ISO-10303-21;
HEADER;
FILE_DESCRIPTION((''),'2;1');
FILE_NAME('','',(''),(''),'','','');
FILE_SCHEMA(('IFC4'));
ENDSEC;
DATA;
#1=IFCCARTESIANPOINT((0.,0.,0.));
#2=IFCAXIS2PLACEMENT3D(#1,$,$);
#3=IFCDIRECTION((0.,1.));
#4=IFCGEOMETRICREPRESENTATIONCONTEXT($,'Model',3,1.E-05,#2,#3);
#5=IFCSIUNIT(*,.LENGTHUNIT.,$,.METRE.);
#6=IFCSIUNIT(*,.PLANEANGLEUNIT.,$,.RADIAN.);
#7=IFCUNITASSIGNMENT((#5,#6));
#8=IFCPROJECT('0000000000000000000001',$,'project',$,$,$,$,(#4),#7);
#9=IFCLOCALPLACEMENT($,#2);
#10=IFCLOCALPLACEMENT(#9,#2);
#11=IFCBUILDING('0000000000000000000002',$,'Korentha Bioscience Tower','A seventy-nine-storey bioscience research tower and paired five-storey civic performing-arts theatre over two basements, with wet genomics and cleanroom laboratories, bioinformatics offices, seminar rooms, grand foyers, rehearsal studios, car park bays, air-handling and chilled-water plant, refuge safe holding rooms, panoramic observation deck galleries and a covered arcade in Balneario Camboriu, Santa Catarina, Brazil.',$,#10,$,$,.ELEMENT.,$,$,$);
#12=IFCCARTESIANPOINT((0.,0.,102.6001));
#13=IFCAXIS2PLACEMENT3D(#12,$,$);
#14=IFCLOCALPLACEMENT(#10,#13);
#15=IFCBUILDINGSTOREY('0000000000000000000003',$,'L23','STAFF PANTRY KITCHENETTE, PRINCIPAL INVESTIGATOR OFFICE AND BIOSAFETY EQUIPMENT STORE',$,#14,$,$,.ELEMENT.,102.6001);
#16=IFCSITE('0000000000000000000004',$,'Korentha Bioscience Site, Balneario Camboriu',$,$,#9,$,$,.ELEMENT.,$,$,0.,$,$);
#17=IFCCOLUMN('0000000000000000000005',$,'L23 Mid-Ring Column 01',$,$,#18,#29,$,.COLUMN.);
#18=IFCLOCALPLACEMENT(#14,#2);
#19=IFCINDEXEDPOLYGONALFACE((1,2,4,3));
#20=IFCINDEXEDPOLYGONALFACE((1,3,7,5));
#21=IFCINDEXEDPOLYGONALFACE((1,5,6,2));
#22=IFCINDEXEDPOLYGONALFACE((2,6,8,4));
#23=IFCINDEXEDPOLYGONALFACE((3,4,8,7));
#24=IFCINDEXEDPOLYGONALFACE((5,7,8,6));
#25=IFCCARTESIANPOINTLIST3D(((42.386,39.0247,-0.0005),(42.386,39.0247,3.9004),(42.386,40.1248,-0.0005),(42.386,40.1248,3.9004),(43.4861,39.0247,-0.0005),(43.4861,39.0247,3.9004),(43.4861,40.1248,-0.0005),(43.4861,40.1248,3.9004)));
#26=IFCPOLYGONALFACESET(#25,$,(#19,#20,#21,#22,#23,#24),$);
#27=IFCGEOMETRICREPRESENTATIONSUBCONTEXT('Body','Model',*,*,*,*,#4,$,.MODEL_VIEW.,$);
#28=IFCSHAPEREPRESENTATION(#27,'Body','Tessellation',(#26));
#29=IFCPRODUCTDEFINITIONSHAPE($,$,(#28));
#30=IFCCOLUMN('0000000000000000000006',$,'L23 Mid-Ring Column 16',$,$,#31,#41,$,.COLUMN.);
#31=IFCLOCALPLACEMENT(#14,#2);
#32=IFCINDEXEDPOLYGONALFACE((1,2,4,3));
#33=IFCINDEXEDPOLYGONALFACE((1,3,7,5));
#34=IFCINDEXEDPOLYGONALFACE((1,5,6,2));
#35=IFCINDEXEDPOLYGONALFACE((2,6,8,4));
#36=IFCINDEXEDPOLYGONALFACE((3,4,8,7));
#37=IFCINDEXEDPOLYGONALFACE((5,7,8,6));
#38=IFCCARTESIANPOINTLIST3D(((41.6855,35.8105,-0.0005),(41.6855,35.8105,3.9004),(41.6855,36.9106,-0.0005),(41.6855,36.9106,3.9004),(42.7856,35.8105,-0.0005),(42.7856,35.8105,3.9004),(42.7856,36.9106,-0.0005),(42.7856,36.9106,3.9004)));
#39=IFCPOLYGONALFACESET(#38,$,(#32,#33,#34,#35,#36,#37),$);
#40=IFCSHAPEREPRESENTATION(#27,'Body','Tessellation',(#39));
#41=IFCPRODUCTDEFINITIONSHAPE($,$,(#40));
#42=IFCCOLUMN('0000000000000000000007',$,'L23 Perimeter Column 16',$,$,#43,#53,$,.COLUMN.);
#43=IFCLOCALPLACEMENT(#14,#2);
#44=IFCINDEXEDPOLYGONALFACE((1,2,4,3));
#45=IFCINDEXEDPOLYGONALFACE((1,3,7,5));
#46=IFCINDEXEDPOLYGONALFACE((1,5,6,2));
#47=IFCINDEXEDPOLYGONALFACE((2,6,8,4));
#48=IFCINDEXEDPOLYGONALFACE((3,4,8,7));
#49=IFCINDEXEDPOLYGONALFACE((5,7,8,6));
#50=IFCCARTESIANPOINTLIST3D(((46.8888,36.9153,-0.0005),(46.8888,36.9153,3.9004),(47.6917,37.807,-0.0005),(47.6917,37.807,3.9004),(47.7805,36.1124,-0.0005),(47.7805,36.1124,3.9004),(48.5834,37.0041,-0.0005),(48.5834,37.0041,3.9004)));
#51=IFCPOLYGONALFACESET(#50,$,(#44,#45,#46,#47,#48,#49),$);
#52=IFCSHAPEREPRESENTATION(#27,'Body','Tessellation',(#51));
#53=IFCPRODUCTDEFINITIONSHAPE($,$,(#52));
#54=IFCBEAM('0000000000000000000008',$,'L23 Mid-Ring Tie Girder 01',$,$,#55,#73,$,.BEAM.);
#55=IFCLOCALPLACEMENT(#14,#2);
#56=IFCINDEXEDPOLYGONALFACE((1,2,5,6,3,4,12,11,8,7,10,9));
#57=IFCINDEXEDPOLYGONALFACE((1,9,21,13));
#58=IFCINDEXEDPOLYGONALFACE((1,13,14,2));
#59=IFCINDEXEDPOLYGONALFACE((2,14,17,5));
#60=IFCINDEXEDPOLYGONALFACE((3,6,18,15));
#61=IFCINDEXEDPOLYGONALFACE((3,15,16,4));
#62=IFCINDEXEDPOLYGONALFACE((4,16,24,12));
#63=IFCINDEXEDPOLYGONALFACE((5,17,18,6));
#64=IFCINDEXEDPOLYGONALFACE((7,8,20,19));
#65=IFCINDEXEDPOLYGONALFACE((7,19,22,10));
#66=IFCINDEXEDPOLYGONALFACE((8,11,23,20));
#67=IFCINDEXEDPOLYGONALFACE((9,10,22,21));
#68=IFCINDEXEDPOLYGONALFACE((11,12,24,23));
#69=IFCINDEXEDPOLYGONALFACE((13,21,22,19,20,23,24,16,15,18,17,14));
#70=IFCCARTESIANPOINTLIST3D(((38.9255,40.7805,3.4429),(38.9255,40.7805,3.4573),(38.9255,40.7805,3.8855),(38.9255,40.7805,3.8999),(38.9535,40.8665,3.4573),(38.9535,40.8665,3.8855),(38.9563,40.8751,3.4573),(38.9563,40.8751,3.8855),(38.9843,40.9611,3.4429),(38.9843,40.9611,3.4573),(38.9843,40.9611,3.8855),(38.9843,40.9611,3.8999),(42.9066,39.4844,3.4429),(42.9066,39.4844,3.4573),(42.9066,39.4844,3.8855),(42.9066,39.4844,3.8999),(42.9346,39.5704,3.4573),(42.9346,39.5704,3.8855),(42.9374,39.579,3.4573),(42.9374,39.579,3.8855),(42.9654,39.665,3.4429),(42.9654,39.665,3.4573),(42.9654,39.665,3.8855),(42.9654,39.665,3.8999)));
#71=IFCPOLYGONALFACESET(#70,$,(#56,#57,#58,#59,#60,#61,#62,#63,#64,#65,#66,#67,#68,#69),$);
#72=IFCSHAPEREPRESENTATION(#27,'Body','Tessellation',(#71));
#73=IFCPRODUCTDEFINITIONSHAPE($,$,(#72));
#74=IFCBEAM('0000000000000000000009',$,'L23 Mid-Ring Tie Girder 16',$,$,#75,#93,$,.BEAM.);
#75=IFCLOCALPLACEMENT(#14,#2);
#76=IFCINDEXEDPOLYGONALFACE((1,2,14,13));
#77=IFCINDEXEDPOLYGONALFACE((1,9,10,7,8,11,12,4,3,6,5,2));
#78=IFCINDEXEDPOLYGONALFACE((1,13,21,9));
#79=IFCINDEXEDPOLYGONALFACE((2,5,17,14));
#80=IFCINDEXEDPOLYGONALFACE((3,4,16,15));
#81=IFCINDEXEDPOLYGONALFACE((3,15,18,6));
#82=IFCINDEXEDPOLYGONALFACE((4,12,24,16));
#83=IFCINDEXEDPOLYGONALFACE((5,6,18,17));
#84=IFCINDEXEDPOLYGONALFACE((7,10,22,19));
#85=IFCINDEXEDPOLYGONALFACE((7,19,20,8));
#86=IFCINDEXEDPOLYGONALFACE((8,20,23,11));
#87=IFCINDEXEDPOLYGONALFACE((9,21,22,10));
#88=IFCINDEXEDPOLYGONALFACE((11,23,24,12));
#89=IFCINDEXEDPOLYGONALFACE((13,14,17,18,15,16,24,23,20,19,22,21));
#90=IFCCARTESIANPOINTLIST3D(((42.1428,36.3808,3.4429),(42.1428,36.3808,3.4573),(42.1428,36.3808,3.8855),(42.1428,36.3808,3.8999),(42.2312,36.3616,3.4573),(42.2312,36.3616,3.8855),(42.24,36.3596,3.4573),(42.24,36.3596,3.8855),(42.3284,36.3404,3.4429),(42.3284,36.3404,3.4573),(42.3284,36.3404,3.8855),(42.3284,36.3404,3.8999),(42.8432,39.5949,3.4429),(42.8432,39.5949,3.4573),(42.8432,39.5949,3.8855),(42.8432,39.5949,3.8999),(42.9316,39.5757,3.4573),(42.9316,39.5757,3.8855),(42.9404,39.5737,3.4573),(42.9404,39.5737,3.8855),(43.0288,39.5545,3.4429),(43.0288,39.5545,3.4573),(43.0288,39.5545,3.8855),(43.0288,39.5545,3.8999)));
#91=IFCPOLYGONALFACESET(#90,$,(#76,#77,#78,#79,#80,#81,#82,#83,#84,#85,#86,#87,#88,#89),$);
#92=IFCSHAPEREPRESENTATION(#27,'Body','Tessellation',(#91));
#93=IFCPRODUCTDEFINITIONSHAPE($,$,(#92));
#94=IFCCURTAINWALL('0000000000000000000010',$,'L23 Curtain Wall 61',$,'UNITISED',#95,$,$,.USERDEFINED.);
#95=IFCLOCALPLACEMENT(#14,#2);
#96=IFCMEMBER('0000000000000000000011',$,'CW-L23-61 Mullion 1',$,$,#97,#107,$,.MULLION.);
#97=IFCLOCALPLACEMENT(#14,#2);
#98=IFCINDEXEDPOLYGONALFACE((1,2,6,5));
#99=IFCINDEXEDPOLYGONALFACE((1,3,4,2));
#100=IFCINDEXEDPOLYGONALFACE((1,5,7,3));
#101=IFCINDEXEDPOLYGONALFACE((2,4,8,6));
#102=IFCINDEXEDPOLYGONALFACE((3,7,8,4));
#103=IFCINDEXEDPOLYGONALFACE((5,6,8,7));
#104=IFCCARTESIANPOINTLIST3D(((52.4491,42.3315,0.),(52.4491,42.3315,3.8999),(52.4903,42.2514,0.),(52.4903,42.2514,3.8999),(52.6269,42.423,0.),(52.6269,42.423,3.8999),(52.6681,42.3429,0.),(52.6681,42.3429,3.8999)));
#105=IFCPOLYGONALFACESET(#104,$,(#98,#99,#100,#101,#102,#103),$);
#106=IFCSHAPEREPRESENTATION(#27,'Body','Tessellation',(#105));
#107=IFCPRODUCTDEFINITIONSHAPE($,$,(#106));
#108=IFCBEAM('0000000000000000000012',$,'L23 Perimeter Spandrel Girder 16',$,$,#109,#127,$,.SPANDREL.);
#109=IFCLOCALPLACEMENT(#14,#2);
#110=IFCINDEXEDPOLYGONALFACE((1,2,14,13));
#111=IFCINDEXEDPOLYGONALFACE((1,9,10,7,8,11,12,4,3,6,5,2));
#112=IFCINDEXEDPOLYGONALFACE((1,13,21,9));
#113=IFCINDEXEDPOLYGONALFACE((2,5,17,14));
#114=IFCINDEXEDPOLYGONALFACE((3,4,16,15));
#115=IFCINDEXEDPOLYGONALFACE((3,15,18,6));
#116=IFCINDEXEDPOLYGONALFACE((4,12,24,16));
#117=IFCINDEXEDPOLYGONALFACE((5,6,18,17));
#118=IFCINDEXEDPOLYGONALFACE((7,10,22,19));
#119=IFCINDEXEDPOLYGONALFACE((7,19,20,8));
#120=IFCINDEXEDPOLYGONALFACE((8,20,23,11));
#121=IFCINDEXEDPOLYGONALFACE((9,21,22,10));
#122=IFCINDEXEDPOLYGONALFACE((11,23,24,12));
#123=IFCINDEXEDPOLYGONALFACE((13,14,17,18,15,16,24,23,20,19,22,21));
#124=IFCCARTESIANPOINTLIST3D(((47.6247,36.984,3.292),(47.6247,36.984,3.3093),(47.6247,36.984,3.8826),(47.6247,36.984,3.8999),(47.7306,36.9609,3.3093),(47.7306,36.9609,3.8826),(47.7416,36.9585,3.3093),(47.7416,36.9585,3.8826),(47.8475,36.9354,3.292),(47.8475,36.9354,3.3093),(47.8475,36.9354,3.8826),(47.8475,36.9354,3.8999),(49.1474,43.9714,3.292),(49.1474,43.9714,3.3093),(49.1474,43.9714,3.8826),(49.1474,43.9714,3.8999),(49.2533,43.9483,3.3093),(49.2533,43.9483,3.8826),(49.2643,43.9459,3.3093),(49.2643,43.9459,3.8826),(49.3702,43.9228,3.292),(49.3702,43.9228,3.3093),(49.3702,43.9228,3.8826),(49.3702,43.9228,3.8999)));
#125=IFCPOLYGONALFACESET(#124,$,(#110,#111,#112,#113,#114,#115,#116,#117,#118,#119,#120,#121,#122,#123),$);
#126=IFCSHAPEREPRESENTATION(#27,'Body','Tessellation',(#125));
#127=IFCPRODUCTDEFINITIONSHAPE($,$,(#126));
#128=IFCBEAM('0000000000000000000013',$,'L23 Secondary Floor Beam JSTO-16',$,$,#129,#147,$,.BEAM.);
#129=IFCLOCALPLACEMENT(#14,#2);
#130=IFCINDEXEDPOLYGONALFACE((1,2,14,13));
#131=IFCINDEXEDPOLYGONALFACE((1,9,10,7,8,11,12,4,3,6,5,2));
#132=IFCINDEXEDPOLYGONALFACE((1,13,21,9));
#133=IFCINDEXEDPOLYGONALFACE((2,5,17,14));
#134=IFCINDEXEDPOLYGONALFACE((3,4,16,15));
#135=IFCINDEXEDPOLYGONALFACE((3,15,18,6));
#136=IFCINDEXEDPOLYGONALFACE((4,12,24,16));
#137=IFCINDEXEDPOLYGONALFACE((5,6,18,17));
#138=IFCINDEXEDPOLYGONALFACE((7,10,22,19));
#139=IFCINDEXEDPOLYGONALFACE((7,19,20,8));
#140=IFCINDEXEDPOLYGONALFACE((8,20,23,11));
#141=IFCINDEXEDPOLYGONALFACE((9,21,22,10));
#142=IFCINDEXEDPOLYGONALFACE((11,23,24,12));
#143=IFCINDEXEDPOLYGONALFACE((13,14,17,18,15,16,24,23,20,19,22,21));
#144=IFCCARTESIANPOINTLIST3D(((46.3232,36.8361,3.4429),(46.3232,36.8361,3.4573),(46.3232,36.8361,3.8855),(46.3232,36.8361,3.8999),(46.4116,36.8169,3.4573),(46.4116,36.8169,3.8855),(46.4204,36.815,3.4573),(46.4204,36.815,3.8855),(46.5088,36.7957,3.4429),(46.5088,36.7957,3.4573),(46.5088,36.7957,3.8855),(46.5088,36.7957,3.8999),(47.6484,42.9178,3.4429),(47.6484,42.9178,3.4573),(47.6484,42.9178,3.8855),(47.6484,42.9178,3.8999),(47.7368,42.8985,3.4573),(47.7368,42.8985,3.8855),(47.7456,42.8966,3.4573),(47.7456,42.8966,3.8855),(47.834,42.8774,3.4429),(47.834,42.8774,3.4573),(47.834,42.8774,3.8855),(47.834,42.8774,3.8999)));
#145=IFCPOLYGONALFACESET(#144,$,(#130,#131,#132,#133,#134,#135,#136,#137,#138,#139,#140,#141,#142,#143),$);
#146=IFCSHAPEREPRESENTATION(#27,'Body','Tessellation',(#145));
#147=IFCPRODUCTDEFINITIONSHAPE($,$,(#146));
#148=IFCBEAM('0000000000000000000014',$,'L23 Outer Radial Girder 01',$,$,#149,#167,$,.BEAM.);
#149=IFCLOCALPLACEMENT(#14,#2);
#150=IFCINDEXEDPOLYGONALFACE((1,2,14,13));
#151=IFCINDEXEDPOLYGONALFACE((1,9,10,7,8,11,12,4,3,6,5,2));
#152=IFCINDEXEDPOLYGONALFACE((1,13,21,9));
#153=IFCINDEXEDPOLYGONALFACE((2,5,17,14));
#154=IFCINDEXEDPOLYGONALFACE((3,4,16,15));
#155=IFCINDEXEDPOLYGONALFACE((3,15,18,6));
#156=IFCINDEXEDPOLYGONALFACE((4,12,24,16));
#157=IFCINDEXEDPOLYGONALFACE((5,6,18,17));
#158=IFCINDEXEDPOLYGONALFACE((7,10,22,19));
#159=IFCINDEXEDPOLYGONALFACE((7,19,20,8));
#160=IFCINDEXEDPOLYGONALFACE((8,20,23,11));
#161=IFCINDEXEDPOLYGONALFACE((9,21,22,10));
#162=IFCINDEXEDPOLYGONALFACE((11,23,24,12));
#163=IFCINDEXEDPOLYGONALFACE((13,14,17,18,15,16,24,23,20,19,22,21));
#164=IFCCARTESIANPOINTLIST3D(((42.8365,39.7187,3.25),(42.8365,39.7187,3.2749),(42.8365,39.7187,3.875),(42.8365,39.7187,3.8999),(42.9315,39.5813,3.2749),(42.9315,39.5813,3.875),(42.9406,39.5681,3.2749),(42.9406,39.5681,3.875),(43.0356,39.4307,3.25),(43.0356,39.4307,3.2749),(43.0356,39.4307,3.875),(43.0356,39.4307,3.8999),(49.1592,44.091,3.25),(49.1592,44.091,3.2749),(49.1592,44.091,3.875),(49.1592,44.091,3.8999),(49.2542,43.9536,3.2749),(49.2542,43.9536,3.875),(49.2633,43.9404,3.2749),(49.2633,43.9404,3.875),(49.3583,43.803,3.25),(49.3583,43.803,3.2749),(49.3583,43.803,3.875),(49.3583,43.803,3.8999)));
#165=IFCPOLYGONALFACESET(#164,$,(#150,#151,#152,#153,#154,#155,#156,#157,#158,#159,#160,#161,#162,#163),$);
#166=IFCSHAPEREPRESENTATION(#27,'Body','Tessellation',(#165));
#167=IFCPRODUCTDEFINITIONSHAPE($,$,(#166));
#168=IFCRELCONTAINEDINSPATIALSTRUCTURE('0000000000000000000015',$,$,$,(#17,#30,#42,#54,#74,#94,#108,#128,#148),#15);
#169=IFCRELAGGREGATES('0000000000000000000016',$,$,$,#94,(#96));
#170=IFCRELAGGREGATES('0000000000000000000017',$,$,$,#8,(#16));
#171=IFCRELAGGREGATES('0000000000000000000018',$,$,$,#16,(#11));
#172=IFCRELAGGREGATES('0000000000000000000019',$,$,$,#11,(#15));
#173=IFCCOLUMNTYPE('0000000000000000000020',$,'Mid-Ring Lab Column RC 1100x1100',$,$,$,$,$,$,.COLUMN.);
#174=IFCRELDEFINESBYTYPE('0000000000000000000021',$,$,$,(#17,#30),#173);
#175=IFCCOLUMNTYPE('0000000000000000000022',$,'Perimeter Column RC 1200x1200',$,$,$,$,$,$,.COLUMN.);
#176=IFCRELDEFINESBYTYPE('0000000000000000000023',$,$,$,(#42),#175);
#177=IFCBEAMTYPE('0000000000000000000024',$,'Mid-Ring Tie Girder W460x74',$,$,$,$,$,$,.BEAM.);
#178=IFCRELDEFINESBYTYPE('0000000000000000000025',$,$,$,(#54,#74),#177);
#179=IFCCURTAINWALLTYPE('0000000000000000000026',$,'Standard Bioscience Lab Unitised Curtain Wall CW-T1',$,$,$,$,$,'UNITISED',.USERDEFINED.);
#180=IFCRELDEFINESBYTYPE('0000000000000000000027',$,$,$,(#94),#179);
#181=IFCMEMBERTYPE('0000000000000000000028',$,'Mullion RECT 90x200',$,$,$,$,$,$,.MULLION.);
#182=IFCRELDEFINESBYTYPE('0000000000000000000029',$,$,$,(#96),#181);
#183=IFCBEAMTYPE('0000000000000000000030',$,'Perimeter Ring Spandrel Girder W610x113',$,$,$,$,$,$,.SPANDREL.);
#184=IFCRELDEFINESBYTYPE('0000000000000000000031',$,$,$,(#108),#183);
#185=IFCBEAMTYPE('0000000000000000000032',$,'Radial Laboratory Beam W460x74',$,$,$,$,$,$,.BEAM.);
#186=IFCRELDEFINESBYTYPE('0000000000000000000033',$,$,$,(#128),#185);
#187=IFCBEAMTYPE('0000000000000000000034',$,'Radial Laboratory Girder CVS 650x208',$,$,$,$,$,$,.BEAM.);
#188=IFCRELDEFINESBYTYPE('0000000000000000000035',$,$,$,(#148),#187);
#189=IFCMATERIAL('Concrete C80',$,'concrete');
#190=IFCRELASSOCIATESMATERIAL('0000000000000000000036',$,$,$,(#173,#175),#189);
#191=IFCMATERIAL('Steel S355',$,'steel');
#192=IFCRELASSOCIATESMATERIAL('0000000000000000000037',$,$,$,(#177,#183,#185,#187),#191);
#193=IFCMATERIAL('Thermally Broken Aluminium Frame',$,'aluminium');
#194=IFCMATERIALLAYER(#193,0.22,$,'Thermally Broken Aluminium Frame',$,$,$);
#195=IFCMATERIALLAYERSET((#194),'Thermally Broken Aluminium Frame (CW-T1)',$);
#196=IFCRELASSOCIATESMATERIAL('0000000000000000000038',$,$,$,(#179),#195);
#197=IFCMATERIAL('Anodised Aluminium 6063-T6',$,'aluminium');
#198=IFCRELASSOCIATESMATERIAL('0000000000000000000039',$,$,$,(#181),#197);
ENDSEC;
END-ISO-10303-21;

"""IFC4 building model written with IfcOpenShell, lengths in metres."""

from ifc_helpers import new_model, si_unit, direction, frame, origin, origin_2d, place, context, subcontext, project, spatial, rectangle, i_section, extrude, material, layer, layer_set, material_profile, profile_set, type_object, element, aggregate, save


model = new_model("IFC4")

# Units and contexts
model_context = context("Model", 3, precision=1e-05, world=origin(), true_north=direction((0.0, 1.0)))
body_context = subcontext(model_context, "Body", "Model", "MODEL_VIEW")
ifc_project = project(units=[si_unit("LENGTHUNIT", "METRE"), si_unit("PLANEANGLEUNIT", "RADIAN")], contexts=[model_context])

# Site, building, storey
site_placement = place(None, origin())
site = spatial("IfcSite", under=ifc_project, at=site_placement, Name="Korentha Bioscience Site, Balneario Camboriu", CompositionType="ELEMENT", RefElevation=0.0)
building_placement = place(site_placement, origin())
building = spatial("IfcBuilding", under=site, at=building_placement, Name="Korentha Bioscience Tower", Description="A seventy-nine-storey bioscience research tower and paired five-storey civic performing-arts theatre over two basements, with wet genomics and cleanroom laboratories, bioinformatics offices, seminar rooms, grand foyers, rehearsal studios, car park bays, air-handling and chilled-water plant, refuge safe holding rooms, panoramic observation deck galleries and a covered arcade in Balneario Camboriu, Santa Catarina, Brazil.", CompositionType="ELEMENT")
storey_placement = place(building_placement, frame((0.0, 0.0, 102.6001)))
storey = spatial("IfcBuildingStorey", under=building, at=storey_placement, Name="L23", Description="STAFF PANTRY KITCHENETTE, PRINCIPAL INVESTIGATOR OFFICE AND BIOSAFETY EQUIPMENT STORE", CompositionType="ELEMENT", Elevation=102.6001)

# Columns
ifc_material_1 = material(Name="Concrete C80", Category="concrete")
ifc_material_profile_1 = material_profile(ifc_material_1, rectangle(XDim=1.1001, YDim=1.1001, at=origin_2d()), Name="Concrete C80")
ifc_profile_set_1 = profile_set([ifc_material_profile_1], Name="Concrete C80 (COL-MR11)")
column_type_1 = type_object("IfcColumnType", Name="Mid-Ring Lab Column RC 1100x1100", PredefinedType="COLUMN", material=ifc_profile_set_1)
for number, where, z_axis, x_axis, name in (
    (1, (42.936, 39.5747, -0.0005), (0.0, 0.0, 1.0), (1.0, 0.0, 0.0), "L23 Mid-Ring Column 01"),
    (2, (42.2356, 36.3606, -0.0005), (0.0, 0.0, 1.0), (1.0, 0.0, 0.0), "L23 Mid-Ring Column 16"),
):
    element("IfcColumn", number, at=place(storey_placement, frame(where, z_axis=z_axis, x_axis=x_axis)), inside=storey, type_object=column_type_1, Name=name, PredefinedType="COLUMN", context=body_context, shape_type="SweptSolid", body=[
        extrude(rectangle(XDim=1.1001, YDim=1.1001, at=origin_2d()), origin(), (0.0, 0.0, 1.0), 3.9009),
    ])
ifc_material_profile_2 = material_profile(ifc_material_1, rectangle(XDim=1.2, YDim=1.2, at=origin_2d()), Name="Concrete C80")
ifc_profile_set_2 = profile_set([ifc_material_profile_2], Name="Concrete C80 (COL-P12)")
column_type_2 = type_object("IfcColumnType", Name="Perimeter Column RC 1200x1200", PredefinedType="COLUMN", material=ifc_profile_set_2)
column_placement = place(storey_placement, frame((47.7361, 36.9597, -0.0005), z_axis=(0.0, 0.0, 1.0), x_axis=(0.669131, 0.743145, 0.0)))
element("IfcColumn", 3, at=column_placement, inside=storey, type_object=column_type_2, Name="L23 Perimeter Column 16", PredefinedType="COLUMN", context=body_context, shape_type="SweptSolid", body=[
    extrude(rectangle(XDim=1.2, YDim=1.2, at=origin_2d()), origin(), (0.0, 0.0, 1.0), 3.9009),
])

# Beams
ifc_material_2 = material(Name="Steel S355", Category="steel")
ifc_material_profile_3 = material_profile(ifc_material_2, i_section(OverallWidth=0.1899, OverallDepth=0.457, WebThickness=0.009, FlangeThickness=0.0144, at=origin_2d()), Name="Steel S355")
ifc_profile_set_3 = profile_set([ifc_material_profile_3], Name="Steel S355 (MB-460)")
beam_type_1 = type_object("IfcBeamType", Name="Mid-Ring Tie Girder W460x74", PredefinedType="BEAM", material=ifc_profile_set_3)
beam_1_placement = place(storey_placement, frame((42.936, 39.5747, 3.6714), z_axis=(-0.950876, 0.309573, 0.0), x_axis=(-0.309573, -0.950876, 0.0)))
element("IfcBeam", 4, at=beam_1_placement, inside=storey, type_object=beam_type_1, Name="L23 Mid-Ring Tie Girder 01", PredefinedType="BEAM", context=body_context, shape_type="SweptSolid", body=[
    extrude(i_section(OverallWidth=0.1899, OverallDepth=0.457, WebThickness=0.009, FlangeThickness=0.0144, at=origin_2d()), origin(), (0.0, 0.0, 1.0), 4.1868),
])
beam_2_placement = place(storey_placement, frame((42.2356, 36.3606, 3.6714), z_axis=(0.212929, 0.977068, 0.0), x_axis=(-0.977068, 0.212929, 0.0)))
element("IfcBeam", 5, at=beam_2_placement, inside=storey, type_object=beam_type_1, Name="L23 Mid-Ring Tie Girder 16", PredefinedType="BEAM", context=body_context, shape_type="SweptSolid", body=[
    extrude(i_section(OverallWidth=0.1899, OverallDepth=0.457, WebThickness=0.009, FlangeThickness=0.0144, at=origin_2d()), origin(), (0.0, 0.0, 1.0), 3.2896),
])

# Curtain wall, member
ifc_material_3 = material(Name="Thermally Broken Aluminium Frame", Category="aluminium")
ifc_layer_1 = layer(ifc_material_3, 0.22, Name="Thermally Broken Aluminium Frame")
ifc_layer_set_1 = layer_set([ifc_layer_1], Name="Thermally Broken Aluminium Frame (CW-T1)")
curtain_wall_type = type_object("IfcCurtainWallType", Name="Standard Bioscience Lab Unitised Curtain Wall CW-T1", ElementType="UNITISED", PredefinedType="USERDEFINED", material=ifc_layer_set_1)
curtain_wall_placement = place(storey_placement, origin())
curtain_wall = element("IfcCurtainWall", 6, at=curtain_wall_placement, inside=storey, type_object=curtain_wall_type, Name="L23 Curtain Wall 61", ObjectType="UNITISED", PredefinedType="USERDEFINED")
ifc_material_4 = material(Name="Anodised Aluminium 6063-T6", Category="aluminium")
ifc_material_profile_4 = material_profile(ifc_material_4, rectangle(XDim=0.0901, YDim=0.2, at=origin_2d()), Name="Anodised Aluminium 6063-T6")
ifc_profile_set_4 = profile_set([ifc_material_profile_4], Name="Anodised Aluminium 6063-T6 (CW-MUL)")
member_type_1 = type_object("IfcMemberType", Name="Mullion RECT 90x200", PredefinedType="MULLION", material=ifc_profile_set_4)
member_1_placement = place(storey_placement, frame((52.5586, 42.3372, 0.0), z_axis=(0.0, 0.0, 1.0), x_axis=(-0.457613, 0.889151, 0.0)))
member_1 = element("IfcMember", 7, at=member_1_placement, type_object=member_type_1, Name="CW-L23-61 Mullion 1", PredefinedType="MULLION", context=body_context, shape_type="SweptSolid", body=[
    extrude(rectangle(XDim=0.0901, YDim=0.2, at=origin_2d()), origin(), (0.0, 0.0, 1.0), 3.8999),
])

# Beams
ifc_material_profile_5 = material_profile(ifc_material_2, i_section(OverallWidth=0.228, OverallDepth=0.6079, WebThickness=0.0112, FlangeThickness=0.0173, at=origin_2d()), Name="Steel S355")
ifc_profile_set_5 = profile_set([ifc_material_profile_5], Name="Steel S355 (SB-610)")
beam_type_2 = type_object("IfcBeamType", Name="Perimeter Ring Spandrel Girder W610x113", PredefinedType="SPANDREL", material=ifc_profile_set_5)
beam_3_placement = place(storey_placement, frame((47.7361, 36.9597, 3.5959), z_axis=(0.212927, 0.977068, 0.0), x_axis=(-0.977068, 0.212927, 0.0)))
element("IfcBeam", 8, at=beam_3_placement, inside=storey, type_object=beam_type_2, Name="L23 Perimeter Spandrel Girder 16", PredefinedType="SPANDREL", context=body_context, shape_type="SweptSolid", body=[
    extrude(i_section(OverallWidth=0.228, OverallDepth=0.6079, WebThickness=0.0112, FlangeThickness=0.0173, at=origin_2d()), origin(), (0.0, 0.0, 1.0), 7.1514),
])
ifc_material_profile_6 = material_profile(ifc_material_2, i_section(OverallWidth=0.1899, OverallDepth=0.457, WebThickness=0.009, FlangeThickness=0.0144, at=origin_2d()), Name="Steel S355")
ifc_profile_set_6 = profile_set([ifc_material_profile_6], Name="Steel S355 (RB-460)")
beam_type_3 = type_object("IfcBeamType", Name="Radial Laboratory Beam W460x74", PredefinedType="BEAM", material=ifc_profile_set_6)
beam_4_placement = place(storey_placement, frame((46.416, 36.8159, 3.6714), z_axis=(0.212908, 0.977072, 0.0), x_axis=(-0.977072, 0.212908, 0.0)))
element("IfcBeam", 9, at=beam_4_placement, inside=storey, type_object=beam_type_3, Name="L23 Secondary Floor Beam JSTO-16", PredefinedType="BEAM", context=body_context, shape_type="SweptSolid", body=[
    extrude(i_section(OverallWidth=0.1899, OverallDepth=0.457, WebThickness=0.009, FlangeThickness=0.0144, at=origin_2d()), origin(), (0.0, 0.0, 1.0), 6.2244),
])
ifc_material_profile_7 = material_profile(ifc_material_2, i_section(OverallWidth=0.3501, OverallDepth=0.6499, WebThickness=0.0161, FlangeThickness=0.0249, at=origin_2d()), Name="Steel S355")
ifc_profile_set_7 = profile_set([ifc_material_profile_7], Name="Steel S355 (RB-650)")
beam_type_4 = type_object("IfcBeamType", Name="Radial Laboratory Girder CVS 650x208", PredefinedType="BEAM", material=ifc_profile_set_7)
beam_5_placement = place(storey_placement, frame((42.936, 39.5747, 3.575), z_axis=(0.822495, 0.568772, 0.0), x_axis=(-0.568772, 0.822495, 0.0)))
element("IfcBeam", 10, at=beam_5_placement, inside=storey, type_object=beam_type_4, Name="L23 Outer Radial Girder 01", PredefinedType="BEAM", context=body_context, shape_type="SweptSolid", body=[
    extrude(i_section(OverallWidth=0.3501, OverallDepth=0.6499, WebThickness=0.0161, FlangeThickness=0.0249, at=origin_2d()), origin(), (0.0, 0.0, 1.0), 7.6873),
])

aggregate(curtain_wall, [member_1])

save(model, "model.ifc")
